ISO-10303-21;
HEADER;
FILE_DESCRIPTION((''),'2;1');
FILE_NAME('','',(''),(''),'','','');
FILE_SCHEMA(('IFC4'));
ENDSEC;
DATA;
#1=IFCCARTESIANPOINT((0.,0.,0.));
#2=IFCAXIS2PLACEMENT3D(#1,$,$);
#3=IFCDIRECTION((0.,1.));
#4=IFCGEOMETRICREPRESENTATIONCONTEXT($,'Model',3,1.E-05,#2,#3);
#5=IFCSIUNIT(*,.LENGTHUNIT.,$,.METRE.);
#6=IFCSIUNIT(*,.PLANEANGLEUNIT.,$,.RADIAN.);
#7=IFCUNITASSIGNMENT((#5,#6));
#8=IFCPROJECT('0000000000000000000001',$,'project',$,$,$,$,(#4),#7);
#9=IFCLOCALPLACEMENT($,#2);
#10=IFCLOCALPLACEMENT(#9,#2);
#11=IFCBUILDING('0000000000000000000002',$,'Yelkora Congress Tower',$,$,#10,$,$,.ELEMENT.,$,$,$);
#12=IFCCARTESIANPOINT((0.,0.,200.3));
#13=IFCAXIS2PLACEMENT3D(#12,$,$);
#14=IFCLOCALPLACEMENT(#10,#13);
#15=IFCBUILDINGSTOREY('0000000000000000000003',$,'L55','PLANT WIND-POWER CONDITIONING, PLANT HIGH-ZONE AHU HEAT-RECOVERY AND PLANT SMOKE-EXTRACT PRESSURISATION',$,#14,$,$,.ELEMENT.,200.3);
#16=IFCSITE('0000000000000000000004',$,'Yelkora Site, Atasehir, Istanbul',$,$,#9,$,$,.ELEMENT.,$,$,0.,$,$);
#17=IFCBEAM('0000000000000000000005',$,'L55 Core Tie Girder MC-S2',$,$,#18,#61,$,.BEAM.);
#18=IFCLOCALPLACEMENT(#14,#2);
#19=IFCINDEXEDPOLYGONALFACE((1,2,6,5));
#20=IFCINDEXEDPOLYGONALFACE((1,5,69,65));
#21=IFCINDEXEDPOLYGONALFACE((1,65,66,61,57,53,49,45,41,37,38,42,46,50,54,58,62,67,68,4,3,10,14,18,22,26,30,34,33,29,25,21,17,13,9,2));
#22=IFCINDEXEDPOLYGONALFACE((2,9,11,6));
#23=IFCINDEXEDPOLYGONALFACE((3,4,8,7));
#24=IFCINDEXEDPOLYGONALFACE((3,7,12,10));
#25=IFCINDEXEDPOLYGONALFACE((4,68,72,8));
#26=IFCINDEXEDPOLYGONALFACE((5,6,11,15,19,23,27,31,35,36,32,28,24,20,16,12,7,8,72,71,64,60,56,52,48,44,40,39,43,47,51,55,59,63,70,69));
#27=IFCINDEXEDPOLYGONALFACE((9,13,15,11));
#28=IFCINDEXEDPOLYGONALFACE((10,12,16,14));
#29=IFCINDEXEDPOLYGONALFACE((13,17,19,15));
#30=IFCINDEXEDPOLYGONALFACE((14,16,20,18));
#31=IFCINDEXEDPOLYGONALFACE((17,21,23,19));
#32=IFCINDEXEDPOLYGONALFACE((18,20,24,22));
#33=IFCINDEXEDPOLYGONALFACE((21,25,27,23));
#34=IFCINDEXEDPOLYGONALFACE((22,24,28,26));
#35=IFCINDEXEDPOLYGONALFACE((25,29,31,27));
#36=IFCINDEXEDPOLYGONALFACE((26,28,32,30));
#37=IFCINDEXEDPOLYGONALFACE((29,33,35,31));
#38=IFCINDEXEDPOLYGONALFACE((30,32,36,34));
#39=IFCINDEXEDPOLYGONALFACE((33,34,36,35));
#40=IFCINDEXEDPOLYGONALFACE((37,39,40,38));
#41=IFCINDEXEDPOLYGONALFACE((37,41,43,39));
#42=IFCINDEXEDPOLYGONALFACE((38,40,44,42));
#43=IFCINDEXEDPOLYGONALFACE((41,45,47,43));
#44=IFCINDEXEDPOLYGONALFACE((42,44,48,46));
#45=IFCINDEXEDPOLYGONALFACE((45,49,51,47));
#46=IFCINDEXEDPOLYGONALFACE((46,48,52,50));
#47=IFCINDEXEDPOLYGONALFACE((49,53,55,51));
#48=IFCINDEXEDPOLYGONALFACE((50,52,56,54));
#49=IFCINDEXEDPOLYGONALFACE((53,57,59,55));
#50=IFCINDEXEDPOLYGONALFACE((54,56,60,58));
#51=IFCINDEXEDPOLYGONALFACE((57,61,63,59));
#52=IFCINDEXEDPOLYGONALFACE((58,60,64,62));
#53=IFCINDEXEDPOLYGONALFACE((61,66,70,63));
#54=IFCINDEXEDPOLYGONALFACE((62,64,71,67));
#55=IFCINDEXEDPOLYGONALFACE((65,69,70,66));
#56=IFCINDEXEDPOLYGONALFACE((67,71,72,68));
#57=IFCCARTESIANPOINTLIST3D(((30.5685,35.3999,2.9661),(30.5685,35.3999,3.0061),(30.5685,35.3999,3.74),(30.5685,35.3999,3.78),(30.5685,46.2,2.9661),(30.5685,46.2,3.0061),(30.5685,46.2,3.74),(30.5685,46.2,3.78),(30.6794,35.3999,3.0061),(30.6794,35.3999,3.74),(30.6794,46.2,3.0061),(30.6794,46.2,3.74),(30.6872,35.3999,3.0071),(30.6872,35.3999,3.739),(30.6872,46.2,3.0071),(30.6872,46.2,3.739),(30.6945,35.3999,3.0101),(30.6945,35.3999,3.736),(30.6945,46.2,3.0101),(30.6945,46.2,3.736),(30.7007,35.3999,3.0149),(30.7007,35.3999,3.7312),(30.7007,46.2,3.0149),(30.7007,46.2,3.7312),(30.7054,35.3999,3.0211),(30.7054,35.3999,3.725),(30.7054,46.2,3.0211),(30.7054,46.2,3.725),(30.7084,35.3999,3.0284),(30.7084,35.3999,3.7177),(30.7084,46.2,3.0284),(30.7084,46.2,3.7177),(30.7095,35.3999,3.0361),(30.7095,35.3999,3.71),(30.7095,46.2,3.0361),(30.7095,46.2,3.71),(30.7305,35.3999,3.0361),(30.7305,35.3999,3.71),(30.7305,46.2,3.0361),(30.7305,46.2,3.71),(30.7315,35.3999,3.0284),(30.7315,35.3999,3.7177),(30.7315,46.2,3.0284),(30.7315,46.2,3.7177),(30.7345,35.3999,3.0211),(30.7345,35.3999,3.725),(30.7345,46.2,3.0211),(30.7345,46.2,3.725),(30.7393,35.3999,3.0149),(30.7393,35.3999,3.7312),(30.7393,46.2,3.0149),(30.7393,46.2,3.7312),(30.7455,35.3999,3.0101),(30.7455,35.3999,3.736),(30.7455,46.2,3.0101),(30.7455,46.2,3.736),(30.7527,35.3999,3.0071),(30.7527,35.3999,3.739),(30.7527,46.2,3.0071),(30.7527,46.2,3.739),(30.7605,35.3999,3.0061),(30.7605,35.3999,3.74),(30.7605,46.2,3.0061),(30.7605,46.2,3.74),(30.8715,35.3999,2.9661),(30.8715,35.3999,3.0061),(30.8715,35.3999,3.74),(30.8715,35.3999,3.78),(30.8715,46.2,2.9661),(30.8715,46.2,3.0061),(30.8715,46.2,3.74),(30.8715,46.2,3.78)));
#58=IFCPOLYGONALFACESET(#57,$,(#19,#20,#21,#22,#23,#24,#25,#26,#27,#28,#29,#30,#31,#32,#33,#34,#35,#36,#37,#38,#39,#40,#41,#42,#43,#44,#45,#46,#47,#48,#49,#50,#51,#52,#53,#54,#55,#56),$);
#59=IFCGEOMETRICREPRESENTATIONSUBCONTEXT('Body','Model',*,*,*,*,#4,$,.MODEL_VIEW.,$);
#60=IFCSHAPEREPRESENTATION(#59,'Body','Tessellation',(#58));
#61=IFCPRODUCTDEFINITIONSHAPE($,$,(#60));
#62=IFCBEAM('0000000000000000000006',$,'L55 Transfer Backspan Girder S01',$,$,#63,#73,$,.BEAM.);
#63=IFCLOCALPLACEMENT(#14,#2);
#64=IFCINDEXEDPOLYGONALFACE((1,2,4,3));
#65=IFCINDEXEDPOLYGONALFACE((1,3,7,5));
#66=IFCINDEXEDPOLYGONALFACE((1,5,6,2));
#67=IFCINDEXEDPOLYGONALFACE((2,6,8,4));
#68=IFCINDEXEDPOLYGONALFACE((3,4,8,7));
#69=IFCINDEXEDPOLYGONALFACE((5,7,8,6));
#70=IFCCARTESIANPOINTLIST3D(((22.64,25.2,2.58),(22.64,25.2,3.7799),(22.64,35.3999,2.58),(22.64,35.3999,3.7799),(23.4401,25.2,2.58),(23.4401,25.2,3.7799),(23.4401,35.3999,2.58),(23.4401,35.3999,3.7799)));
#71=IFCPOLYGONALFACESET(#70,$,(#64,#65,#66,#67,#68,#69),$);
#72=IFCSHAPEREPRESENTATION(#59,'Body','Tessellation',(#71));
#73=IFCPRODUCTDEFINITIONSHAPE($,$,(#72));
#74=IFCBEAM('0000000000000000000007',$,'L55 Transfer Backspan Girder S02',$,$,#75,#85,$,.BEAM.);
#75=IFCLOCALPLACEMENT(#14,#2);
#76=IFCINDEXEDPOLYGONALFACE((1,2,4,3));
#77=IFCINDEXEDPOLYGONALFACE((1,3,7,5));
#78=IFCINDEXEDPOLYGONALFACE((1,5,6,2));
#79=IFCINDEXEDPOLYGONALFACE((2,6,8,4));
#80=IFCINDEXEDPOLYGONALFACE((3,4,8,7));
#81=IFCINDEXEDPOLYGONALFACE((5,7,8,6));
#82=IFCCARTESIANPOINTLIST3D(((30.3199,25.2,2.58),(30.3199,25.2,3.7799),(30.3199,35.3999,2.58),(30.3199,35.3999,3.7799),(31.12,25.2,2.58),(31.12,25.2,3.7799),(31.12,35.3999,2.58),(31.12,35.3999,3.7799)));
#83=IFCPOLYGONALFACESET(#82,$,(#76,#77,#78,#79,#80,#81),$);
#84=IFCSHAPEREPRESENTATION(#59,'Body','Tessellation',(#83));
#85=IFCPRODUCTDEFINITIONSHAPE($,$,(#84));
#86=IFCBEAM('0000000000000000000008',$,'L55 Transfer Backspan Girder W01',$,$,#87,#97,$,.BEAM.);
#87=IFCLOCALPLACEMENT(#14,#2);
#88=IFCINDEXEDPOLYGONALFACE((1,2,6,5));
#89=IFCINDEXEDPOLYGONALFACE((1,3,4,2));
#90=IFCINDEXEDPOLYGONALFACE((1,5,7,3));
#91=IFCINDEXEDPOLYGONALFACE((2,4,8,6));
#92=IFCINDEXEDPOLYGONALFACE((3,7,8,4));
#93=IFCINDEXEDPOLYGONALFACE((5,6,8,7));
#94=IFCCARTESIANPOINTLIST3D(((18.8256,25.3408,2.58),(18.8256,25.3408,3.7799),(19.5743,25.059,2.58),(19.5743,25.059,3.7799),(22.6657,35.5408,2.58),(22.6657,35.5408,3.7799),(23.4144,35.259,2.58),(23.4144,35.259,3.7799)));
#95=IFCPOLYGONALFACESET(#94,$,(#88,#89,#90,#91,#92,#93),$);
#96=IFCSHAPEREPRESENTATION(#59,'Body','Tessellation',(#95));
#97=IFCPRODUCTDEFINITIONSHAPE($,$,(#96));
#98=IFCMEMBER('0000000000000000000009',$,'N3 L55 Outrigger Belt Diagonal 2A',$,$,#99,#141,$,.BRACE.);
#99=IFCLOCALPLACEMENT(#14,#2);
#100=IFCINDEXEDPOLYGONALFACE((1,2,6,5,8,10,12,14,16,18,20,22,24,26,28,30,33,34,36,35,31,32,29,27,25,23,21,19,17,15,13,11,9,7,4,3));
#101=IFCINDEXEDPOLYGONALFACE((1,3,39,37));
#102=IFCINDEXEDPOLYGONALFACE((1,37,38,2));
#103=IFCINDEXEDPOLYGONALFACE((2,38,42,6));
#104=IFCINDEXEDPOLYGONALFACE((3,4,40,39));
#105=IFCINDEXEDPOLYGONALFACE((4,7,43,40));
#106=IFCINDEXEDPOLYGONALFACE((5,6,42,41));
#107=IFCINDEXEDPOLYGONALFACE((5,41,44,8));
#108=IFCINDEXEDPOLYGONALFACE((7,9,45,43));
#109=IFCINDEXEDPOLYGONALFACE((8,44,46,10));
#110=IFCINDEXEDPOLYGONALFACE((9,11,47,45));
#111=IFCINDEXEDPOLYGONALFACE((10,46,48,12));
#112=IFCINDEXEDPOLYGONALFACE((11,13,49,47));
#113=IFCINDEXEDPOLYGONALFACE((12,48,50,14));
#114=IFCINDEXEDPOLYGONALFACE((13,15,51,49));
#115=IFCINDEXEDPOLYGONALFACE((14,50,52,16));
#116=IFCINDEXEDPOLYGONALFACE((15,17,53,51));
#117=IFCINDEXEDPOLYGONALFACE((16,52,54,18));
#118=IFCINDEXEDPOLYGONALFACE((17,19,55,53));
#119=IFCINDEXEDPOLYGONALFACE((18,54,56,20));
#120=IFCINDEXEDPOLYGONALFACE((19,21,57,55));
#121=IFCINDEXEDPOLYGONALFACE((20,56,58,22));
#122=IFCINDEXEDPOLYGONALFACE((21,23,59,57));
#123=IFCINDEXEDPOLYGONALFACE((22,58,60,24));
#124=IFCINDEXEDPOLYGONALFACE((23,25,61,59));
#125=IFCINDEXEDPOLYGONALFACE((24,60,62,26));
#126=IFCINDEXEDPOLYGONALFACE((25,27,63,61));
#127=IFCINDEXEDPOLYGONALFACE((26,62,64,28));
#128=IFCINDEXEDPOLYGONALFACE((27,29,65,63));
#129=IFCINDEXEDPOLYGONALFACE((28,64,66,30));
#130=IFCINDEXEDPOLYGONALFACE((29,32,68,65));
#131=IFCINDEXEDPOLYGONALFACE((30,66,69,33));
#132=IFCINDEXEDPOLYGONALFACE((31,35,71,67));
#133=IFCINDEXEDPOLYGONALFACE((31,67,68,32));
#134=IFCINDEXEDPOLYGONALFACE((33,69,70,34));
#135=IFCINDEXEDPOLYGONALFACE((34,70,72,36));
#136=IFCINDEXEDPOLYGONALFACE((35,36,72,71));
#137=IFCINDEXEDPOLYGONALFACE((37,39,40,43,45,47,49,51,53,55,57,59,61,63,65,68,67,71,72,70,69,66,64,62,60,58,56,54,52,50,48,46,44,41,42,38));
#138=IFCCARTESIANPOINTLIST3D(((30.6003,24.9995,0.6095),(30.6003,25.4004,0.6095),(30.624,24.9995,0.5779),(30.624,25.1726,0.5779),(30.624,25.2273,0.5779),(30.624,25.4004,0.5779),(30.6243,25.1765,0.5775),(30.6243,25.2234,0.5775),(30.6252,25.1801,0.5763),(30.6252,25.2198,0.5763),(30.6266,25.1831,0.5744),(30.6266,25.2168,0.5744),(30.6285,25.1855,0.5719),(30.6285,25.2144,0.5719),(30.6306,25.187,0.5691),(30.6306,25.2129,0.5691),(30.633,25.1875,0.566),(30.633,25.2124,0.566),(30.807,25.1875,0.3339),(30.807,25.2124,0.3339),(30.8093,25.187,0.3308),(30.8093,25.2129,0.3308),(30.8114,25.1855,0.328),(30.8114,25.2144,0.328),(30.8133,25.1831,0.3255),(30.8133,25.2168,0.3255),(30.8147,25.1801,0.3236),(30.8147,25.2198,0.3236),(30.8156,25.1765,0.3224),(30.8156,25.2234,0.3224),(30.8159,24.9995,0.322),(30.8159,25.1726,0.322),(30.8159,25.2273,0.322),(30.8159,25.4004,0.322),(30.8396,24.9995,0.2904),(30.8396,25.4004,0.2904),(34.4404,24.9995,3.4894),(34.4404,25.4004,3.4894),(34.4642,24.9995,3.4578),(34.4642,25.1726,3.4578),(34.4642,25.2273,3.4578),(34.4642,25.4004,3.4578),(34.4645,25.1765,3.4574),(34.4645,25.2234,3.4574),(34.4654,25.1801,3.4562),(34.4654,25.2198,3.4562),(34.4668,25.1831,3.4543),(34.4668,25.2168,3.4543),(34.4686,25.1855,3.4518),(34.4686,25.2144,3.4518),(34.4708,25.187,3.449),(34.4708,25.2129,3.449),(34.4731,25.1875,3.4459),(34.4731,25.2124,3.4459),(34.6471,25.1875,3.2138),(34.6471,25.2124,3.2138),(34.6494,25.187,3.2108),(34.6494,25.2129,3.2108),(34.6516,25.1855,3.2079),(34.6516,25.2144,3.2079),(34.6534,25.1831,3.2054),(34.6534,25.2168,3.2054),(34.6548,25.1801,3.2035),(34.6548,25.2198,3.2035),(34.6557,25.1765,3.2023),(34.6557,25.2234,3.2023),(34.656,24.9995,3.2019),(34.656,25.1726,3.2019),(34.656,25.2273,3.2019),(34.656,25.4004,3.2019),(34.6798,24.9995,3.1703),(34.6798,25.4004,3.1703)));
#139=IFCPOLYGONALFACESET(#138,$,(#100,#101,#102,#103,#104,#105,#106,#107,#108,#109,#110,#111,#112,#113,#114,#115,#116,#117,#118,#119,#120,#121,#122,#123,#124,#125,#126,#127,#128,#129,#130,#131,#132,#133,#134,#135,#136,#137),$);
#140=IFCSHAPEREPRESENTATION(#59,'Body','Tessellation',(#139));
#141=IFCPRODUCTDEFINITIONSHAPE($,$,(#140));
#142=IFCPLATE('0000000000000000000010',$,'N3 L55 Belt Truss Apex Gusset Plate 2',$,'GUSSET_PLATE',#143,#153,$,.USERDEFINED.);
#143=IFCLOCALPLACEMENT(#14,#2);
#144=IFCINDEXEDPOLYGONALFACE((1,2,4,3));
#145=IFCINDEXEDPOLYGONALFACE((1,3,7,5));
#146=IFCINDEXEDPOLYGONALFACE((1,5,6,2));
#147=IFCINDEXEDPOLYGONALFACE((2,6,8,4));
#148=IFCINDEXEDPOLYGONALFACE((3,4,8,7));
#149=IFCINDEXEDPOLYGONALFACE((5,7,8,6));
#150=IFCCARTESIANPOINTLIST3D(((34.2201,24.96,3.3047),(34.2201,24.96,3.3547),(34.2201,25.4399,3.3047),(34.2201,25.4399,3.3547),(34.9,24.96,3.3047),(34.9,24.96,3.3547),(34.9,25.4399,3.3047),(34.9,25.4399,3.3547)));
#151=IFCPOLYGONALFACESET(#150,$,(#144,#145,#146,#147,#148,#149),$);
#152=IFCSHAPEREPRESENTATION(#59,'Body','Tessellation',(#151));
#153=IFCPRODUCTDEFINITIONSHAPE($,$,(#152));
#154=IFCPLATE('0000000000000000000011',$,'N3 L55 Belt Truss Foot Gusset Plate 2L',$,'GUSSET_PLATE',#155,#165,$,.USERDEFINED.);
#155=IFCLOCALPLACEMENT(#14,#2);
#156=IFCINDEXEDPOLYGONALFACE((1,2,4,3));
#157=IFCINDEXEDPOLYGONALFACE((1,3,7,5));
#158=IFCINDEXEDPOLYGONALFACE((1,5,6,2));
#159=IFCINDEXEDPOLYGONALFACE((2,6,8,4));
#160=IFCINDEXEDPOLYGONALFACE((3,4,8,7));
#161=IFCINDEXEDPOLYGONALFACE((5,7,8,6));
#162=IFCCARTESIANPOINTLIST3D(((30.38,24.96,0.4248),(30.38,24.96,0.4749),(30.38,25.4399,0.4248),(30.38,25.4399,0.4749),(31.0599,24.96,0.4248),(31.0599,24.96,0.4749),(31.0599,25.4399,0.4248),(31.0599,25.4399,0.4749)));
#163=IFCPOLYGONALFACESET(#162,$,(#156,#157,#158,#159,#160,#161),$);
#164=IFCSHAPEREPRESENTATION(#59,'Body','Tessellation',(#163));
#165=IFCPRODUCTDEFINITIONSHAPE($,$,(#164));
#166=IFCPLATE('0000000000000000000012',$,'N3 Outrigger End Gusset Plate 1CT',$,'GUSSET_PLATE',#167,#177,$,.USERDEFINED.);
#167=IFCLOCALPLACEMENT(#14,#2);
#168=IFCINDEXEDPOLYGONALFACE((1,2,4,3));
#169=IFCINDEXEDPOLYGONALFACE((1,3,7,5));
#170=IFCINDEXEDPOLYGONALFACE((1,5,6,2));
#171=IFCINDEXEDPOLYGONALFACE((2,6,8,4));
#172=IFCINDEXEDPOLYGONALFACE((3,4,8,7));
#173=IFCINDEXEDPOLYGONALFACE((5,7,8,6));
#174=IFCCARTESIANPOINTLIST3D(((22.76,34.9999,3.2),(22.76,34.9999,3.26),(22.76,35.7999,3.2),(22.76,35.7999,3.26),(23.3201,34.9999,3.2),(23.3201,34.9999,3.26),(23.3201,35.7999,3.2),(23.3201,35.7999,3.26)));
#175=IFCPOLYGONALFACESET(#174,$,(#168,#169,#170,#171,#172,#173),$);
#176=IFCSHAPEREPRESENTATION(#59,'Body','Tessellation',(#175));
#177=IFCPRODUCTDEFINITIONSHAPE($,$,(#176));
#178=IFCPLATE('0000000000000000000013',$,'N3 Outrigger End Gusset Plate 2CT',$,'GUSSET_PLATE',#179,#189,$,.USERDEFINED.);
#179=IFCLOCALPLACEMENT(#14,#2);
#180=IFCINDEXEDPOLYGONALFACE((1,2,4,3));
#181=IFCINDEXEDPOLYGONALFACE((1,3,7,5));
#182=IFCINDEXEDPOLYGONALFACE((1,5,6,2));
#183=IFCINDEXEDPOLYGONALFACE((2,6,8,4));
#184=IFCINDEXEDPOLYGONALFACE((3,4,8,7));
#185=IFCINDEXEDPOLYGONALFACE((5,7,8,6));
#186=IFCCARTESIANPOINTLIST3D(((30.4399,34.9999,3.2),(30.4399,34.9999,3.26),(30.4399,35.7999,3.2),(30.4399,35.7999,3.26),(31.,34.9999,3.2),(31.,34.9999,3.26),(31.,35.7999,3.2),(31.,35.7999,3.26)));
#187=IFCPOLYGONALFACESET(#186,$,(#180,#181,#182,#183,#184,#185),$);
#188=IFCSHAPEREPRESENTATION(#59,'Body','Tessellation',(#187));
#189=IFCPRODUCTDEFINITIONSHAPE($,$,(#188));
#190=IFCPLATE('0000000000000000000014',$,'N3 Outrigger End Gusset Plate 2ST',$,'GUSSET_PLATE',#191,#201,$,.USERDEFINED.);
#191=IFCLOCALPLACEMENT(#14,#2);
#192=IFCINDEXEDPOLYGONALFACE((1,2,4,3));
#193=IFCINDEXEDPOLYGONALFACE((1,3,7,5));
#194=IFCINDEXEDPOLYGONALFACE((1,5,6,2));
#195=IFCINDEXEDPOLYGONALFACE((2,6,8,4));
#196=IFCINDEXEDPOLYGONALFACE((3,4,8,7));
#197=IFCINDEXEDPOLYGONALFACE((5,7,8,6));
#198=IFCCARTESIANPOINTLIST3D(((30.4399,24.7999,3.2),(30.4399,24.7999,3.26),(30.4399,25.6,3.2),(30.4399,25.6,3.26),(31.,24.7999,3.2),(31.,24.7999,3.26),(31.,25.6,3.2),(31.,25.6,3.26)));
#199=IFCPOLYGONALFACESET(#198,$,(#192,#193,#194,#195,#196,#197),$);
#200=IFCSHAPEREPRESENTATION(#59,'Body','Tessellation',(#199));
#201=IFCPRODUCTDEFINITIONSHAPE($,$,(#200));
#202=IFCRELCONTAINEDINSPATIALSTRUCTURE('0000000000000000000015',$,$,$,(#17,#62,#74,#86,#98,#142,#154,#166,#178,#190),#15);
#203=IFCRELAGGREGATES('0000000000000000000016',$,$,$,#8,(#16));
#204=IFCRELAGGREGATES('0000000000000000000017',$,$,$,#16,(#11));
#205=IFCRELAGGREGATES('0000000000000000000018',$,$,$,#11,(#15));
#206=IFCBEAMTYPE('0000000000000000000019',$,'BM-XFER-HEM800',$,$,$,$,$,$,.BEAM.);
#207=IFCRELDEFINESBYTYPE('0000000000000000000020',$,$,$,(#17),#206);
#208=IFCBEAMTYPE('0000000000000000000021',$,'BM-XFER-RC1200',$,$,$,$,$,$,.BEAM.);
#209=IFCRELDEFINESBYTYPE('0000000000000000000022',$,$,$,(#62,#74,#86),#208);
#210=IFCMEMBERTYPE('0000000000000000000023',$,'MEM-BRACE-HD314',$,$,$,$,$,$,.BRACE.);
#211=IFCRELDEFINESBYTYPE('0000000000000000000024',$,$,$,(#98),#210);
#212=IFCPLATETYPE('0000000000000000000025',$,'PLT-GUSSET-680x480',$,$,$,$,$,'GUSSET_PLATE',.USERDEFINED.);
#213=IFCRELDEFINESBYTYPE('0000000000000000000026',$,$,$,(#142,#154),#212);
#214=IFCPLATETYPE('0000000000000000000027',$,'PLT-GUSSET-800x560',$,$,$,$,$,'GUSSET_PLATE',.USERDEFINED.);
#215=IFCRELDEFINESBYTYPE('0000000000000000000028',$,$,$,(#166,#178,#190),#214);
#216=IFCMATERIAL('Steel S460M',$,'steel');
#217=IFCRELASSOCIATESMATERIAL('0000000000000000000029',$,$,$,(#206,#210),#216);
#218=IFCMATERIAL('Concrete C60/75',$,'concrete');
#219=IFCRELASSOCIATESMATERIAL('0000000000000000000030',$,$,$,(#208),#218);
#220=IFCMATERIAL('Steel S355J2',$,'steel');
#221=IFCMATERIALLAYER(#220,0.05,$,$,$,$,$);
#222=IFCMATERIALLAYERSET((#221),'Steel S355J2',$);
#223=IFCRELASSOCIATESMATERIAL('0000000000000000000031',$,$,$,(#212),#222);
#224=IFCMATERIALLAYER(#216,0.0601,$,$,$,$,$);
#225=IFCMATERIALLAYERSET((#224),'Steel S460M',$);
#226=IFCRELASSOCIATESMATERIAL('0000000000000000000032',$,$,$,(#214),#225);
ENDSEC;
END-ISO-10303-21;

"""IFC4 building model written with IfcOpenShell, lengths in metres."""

from ifc_helpers import new_model, si_unit, direction, frame, origin, origin_2d, place, context, subcontext, project, spatial, rectangle, i_section, extrude, material, layer, layer_set, material_profile, profile_set, type_object, element, save


model = new_model("IFC4")

# Units and contexts
model_context = context("Model", 3, precision=1e-05, world=origin(), true_north=direction((0.0, 1.0)))
body_context = subcontext(model_context, "Body", "Model", "MODEL_VIEW")
ifc_project = project(units=[si_unit("LENGTHUNIT", "METRE"), si_unit("PLANEANGLEUNIT", "RADIAN")], contexts=[model_context])

# Site, building, storey
site_placement = place(None, origin())
site = spatial("IfcSite", under=ifc_project, at=site_placement, Name="Yelkora Site, Atasehir, Istanbul", CompositionType="ELEMENT", RefElevation=0.0)
building_placement = place(site_placement, origin())
building = spatial("IfcBuilding", under=site, at=building_placement, Name="Yelkora Congress Tower", CompositionType="ELEMENT")
storey_placement = place(building_placement, frame((0.0, 0.0, 200.3)))
storey = spatial("IfcBuildingStorey", under=building, at=storey_placement, Name="L55", Description="PLANT WIND-POWER CONDITIONING, PLANT HIGH-ZONE AHU HEAT-RECOVERY AND PLANT SMOKE-EXTRACT PRESSURISATION", CompositionType="ELEMENT", Elevation=200.3)

# Shared definitions
ifc_material_1 = material(Name="Steel S460M", Category="steel")

# Beams
ifc_material_profile_1 = material_profile(ifc_material_1, i_section(OverallWidth=0.303, OverallDepth=0.814, WebThickness=0.021, FlangeThickness=0.04, FilletRadius=0.03, at=origin_2d()), Name="HEM 800")
ifc_profile_set_1 = profile_set([ifc_material_profile_1], Name="Steel S460M")
beam_type_1 = type_object("IfcBeamType", Name="BM-XFER-HEM800", PredefinedType="BEAM", material=ifc_profile_set_1)
beam_1_placement = place(storey_placement, frame((30.72, 35.3999, 3.373), z_axis=(0.0, 1.0, 0.0), x_axis=(-1.0, 0.0, 0.0)))
element("IfcBeam", 1, at=beam_1_placement, inside=storey, type_object=beam_type_1, Name="L55 Core Tie Girder MC-S2", PredefinedType="BEAM", context=body_context, shape_type="SweptSolid", body=[
    extrude(i_section(OverallWidth=0.303, OverallDepth=0.814, WebThickness=0.021, FlangeThickness=0.04, FilletRadius=0.03, at=origin_2d()), origin(), (0.0, 0.0, 1.0), 10.8),
])
ifc_material_2 = material(Name="Concrete C60/75", Category="concrete")
ifc_material_profile_2 = material_profile(ifc_material_2, rectangle(XDim=0.8, YDim=1.2, at=origin_2d()), Name="RC 800x1200")
ifc_profile_set_2 = profile_set([ifc_material_profile_2], Name="Concrete C60/75")
beam_type_2 = type_object("IfcBeamType", Name="BM-XFER-RC1200", PredefinedType="BEAM", material=ifc_profile_set_2)
for number, where, z_axis, x_axis, name in (
    (2, (23.04, 35.3999, 3.1799), (0.0, -1.0, 0.0), (1.0, 0.0, 0.0), "L55 Transfer Backspan Girder S01"),
    (3, (30.72, 35.3999, 3.1799), (0.0, -1.0, 0.0), (1.0, 0.0, 0.0), "L55 Transfer Backspan Girder S02"),
):
    element("IfcBeam", number, at=place(storey_placement, frame(where, z_axis=z_axis, x_axis=x_axis)), inside=storey, type_object=beam_type_2, Name=name, PredefinedType="BEAM", context=body_context, shape_type="SweptSolid", body=[
        extrude(rectangle(XDim=0.8, YDim=1.2, at=origin_2d()), origin(), (0.0, 0.0, 1.0), 10.2),
    ])
beam_2_placement = place(storey_placement, frame((23.04, 35.3999, 3.1799), z_axis=(-0.352338, -0.935873, 0.0), x_axis=(0.935873, -0.352338, 0.0)))
element("IfcBeam", 4, at=beam_2_placement, inside=storey, type_object=beam_type_2, Name="L55 Transfer Backspan Girder W01", PredefinedType="BEAM", context=body_context, shape_type="SweptSolid", body=[
    extrude(rectangle(XDim=0.8, YDim=1.2, at=origin_2d()), origin(), (0.0, 0.0, 1.0), 10.8989),
])

# Member
ifc_material_profile_3 = material_profile(ifc_material_1, i_section(OverallWidth=0.4009, OverallDepth=0.3989, WebThickness=0.0249, FlangeThickness=0.0396, FilletRadius=0.0149, at=origin_2d()), Name="HD 400x314")
ifc_profile_set_3 = profile_set([ifc_material_profile_3], Name="Steel S460M")
member_type = type_object("IfcMemberType", Name="MEM-BRACE-HD314", PredefinedType="BRACE", material=ifc_profile_set_3)
member_placement = place(storey_placement, frame((30.72, 25.2, 0.45), z_axis=(0.800018, 0.0, 0.599976), x_axis=(0.0, 1.0, 0.0)))
element("IfcMember", 5, at=member_placement, inside=storey, type_object=member_type, Name="N3 L55 Outrigger Belt Diagonal 2A", PredefinedType="BRACE", context=body_context, shape_type="SweptSolid", body=[
    extrude(i_section(OverallWidth=0.4009, OverallDepth=0.3989, WebThickness=0.0249, FlangeThickness=0.0396, FilletRadius=0.0149, at=origin_2d()), origin(), (0.0, 0.0, 1.0), 4.8),
])

# Plates
ifc_material_3 = material(Name="Steel S355J2", Category="steel")
ifc_layer_1 = layer(ifc_material_3, 0.05)
ifc_layer_set_1 = layer_set([ifc_layer_1], Name="Steel S355J2")
plate_type_1 = type_object("IfcPlateType", Name="PLT-GUSSET-680x480", ElementType="GUSSET_PLATE", PredefinedType="USERDEFINED", material=ifc_layer_set_1)
for number, where, z_axis, x_axis, name in (
    (6, (34.5601, 25.2, 3.3047), (0.0, 0.0, 1.0), (1.0, 0.0, 0.0), "N3 L55 Belt Truss Apex Gusset Plate 2"),
    (7, (30.72, 25.2, 0.4248), (0.0, 0.0, 1.0), (1.0, 0.0, 0.0), "N3 L55 Belt Truss Foot Gusset Plate 2L"),
):
    element("IfcPlate", number, at=place(storey_placement, frame(where, z_axis=z_axis, x_axis=x_axis)), inside=storey, type_object=plate_type_1, Name=name, ObjectType="GUSSET_PLATE", PredefinedType="USERDEFINED", context=body_context, shape_type="SweptSolid", body=[
        extrude(rectangle(XDim=0.6799, YDim=0.48, at=origin_2d()), origin(), (0.0, 0.0, 1.0), 0.05),
    ])
ifc_layer_2 = layer(ifc_material_1, 0.0601)
ifc_layer_set_2 = layer_set([ifc_layer_2], Name="Steel S460M")
plate_type_2 = type_object("IfcPlateType", Name="PLT-GUSSET-800x560", ElementType="GUSSET_PLATE", PredefinedType="USERDEFINED", material=ifc_layer_set_2)
for number, where, z_axis, x_axis, name in (
    (8, (23.04, 35.3999, 3.2), (0.0, 0.0, 1.0), (0.0, 1.0, 0.0), "N3 Outrigger End Gusset Plate 1CT"),
    (9, (30.72, 35.3999, 3.2), (0.0, 0.0, 1.0), (0.0, 1.0, 0.0), "N3 Outrigger End Gusset Plate 2CT"),
    (10, (30.72, 25.2, 3.2), (0.0, 0.0, 1.0), (0.0, 1.0, 0.0), "N3 Outrigger End Gusset Plate 2ST"),
):
    element("IfcPlate", number, at=place(storey_placement, frame(where, z_axis=z_axis, x_axis=x_axis)), inside=storey, type_object=plate_type_2, Name=name, ObjectType="GUSSET_PLATE", PredefinedType="USERDEFINED", context=body_context, shape_type="SweptSolid", body=[
        extrude(rectangle(XDim=0.8, YDim=0.5601, at=origin_2d()), origin(), (0.0, 0.0, 1.0), 0.0601),
    ])

save(model, "model.ifc")
